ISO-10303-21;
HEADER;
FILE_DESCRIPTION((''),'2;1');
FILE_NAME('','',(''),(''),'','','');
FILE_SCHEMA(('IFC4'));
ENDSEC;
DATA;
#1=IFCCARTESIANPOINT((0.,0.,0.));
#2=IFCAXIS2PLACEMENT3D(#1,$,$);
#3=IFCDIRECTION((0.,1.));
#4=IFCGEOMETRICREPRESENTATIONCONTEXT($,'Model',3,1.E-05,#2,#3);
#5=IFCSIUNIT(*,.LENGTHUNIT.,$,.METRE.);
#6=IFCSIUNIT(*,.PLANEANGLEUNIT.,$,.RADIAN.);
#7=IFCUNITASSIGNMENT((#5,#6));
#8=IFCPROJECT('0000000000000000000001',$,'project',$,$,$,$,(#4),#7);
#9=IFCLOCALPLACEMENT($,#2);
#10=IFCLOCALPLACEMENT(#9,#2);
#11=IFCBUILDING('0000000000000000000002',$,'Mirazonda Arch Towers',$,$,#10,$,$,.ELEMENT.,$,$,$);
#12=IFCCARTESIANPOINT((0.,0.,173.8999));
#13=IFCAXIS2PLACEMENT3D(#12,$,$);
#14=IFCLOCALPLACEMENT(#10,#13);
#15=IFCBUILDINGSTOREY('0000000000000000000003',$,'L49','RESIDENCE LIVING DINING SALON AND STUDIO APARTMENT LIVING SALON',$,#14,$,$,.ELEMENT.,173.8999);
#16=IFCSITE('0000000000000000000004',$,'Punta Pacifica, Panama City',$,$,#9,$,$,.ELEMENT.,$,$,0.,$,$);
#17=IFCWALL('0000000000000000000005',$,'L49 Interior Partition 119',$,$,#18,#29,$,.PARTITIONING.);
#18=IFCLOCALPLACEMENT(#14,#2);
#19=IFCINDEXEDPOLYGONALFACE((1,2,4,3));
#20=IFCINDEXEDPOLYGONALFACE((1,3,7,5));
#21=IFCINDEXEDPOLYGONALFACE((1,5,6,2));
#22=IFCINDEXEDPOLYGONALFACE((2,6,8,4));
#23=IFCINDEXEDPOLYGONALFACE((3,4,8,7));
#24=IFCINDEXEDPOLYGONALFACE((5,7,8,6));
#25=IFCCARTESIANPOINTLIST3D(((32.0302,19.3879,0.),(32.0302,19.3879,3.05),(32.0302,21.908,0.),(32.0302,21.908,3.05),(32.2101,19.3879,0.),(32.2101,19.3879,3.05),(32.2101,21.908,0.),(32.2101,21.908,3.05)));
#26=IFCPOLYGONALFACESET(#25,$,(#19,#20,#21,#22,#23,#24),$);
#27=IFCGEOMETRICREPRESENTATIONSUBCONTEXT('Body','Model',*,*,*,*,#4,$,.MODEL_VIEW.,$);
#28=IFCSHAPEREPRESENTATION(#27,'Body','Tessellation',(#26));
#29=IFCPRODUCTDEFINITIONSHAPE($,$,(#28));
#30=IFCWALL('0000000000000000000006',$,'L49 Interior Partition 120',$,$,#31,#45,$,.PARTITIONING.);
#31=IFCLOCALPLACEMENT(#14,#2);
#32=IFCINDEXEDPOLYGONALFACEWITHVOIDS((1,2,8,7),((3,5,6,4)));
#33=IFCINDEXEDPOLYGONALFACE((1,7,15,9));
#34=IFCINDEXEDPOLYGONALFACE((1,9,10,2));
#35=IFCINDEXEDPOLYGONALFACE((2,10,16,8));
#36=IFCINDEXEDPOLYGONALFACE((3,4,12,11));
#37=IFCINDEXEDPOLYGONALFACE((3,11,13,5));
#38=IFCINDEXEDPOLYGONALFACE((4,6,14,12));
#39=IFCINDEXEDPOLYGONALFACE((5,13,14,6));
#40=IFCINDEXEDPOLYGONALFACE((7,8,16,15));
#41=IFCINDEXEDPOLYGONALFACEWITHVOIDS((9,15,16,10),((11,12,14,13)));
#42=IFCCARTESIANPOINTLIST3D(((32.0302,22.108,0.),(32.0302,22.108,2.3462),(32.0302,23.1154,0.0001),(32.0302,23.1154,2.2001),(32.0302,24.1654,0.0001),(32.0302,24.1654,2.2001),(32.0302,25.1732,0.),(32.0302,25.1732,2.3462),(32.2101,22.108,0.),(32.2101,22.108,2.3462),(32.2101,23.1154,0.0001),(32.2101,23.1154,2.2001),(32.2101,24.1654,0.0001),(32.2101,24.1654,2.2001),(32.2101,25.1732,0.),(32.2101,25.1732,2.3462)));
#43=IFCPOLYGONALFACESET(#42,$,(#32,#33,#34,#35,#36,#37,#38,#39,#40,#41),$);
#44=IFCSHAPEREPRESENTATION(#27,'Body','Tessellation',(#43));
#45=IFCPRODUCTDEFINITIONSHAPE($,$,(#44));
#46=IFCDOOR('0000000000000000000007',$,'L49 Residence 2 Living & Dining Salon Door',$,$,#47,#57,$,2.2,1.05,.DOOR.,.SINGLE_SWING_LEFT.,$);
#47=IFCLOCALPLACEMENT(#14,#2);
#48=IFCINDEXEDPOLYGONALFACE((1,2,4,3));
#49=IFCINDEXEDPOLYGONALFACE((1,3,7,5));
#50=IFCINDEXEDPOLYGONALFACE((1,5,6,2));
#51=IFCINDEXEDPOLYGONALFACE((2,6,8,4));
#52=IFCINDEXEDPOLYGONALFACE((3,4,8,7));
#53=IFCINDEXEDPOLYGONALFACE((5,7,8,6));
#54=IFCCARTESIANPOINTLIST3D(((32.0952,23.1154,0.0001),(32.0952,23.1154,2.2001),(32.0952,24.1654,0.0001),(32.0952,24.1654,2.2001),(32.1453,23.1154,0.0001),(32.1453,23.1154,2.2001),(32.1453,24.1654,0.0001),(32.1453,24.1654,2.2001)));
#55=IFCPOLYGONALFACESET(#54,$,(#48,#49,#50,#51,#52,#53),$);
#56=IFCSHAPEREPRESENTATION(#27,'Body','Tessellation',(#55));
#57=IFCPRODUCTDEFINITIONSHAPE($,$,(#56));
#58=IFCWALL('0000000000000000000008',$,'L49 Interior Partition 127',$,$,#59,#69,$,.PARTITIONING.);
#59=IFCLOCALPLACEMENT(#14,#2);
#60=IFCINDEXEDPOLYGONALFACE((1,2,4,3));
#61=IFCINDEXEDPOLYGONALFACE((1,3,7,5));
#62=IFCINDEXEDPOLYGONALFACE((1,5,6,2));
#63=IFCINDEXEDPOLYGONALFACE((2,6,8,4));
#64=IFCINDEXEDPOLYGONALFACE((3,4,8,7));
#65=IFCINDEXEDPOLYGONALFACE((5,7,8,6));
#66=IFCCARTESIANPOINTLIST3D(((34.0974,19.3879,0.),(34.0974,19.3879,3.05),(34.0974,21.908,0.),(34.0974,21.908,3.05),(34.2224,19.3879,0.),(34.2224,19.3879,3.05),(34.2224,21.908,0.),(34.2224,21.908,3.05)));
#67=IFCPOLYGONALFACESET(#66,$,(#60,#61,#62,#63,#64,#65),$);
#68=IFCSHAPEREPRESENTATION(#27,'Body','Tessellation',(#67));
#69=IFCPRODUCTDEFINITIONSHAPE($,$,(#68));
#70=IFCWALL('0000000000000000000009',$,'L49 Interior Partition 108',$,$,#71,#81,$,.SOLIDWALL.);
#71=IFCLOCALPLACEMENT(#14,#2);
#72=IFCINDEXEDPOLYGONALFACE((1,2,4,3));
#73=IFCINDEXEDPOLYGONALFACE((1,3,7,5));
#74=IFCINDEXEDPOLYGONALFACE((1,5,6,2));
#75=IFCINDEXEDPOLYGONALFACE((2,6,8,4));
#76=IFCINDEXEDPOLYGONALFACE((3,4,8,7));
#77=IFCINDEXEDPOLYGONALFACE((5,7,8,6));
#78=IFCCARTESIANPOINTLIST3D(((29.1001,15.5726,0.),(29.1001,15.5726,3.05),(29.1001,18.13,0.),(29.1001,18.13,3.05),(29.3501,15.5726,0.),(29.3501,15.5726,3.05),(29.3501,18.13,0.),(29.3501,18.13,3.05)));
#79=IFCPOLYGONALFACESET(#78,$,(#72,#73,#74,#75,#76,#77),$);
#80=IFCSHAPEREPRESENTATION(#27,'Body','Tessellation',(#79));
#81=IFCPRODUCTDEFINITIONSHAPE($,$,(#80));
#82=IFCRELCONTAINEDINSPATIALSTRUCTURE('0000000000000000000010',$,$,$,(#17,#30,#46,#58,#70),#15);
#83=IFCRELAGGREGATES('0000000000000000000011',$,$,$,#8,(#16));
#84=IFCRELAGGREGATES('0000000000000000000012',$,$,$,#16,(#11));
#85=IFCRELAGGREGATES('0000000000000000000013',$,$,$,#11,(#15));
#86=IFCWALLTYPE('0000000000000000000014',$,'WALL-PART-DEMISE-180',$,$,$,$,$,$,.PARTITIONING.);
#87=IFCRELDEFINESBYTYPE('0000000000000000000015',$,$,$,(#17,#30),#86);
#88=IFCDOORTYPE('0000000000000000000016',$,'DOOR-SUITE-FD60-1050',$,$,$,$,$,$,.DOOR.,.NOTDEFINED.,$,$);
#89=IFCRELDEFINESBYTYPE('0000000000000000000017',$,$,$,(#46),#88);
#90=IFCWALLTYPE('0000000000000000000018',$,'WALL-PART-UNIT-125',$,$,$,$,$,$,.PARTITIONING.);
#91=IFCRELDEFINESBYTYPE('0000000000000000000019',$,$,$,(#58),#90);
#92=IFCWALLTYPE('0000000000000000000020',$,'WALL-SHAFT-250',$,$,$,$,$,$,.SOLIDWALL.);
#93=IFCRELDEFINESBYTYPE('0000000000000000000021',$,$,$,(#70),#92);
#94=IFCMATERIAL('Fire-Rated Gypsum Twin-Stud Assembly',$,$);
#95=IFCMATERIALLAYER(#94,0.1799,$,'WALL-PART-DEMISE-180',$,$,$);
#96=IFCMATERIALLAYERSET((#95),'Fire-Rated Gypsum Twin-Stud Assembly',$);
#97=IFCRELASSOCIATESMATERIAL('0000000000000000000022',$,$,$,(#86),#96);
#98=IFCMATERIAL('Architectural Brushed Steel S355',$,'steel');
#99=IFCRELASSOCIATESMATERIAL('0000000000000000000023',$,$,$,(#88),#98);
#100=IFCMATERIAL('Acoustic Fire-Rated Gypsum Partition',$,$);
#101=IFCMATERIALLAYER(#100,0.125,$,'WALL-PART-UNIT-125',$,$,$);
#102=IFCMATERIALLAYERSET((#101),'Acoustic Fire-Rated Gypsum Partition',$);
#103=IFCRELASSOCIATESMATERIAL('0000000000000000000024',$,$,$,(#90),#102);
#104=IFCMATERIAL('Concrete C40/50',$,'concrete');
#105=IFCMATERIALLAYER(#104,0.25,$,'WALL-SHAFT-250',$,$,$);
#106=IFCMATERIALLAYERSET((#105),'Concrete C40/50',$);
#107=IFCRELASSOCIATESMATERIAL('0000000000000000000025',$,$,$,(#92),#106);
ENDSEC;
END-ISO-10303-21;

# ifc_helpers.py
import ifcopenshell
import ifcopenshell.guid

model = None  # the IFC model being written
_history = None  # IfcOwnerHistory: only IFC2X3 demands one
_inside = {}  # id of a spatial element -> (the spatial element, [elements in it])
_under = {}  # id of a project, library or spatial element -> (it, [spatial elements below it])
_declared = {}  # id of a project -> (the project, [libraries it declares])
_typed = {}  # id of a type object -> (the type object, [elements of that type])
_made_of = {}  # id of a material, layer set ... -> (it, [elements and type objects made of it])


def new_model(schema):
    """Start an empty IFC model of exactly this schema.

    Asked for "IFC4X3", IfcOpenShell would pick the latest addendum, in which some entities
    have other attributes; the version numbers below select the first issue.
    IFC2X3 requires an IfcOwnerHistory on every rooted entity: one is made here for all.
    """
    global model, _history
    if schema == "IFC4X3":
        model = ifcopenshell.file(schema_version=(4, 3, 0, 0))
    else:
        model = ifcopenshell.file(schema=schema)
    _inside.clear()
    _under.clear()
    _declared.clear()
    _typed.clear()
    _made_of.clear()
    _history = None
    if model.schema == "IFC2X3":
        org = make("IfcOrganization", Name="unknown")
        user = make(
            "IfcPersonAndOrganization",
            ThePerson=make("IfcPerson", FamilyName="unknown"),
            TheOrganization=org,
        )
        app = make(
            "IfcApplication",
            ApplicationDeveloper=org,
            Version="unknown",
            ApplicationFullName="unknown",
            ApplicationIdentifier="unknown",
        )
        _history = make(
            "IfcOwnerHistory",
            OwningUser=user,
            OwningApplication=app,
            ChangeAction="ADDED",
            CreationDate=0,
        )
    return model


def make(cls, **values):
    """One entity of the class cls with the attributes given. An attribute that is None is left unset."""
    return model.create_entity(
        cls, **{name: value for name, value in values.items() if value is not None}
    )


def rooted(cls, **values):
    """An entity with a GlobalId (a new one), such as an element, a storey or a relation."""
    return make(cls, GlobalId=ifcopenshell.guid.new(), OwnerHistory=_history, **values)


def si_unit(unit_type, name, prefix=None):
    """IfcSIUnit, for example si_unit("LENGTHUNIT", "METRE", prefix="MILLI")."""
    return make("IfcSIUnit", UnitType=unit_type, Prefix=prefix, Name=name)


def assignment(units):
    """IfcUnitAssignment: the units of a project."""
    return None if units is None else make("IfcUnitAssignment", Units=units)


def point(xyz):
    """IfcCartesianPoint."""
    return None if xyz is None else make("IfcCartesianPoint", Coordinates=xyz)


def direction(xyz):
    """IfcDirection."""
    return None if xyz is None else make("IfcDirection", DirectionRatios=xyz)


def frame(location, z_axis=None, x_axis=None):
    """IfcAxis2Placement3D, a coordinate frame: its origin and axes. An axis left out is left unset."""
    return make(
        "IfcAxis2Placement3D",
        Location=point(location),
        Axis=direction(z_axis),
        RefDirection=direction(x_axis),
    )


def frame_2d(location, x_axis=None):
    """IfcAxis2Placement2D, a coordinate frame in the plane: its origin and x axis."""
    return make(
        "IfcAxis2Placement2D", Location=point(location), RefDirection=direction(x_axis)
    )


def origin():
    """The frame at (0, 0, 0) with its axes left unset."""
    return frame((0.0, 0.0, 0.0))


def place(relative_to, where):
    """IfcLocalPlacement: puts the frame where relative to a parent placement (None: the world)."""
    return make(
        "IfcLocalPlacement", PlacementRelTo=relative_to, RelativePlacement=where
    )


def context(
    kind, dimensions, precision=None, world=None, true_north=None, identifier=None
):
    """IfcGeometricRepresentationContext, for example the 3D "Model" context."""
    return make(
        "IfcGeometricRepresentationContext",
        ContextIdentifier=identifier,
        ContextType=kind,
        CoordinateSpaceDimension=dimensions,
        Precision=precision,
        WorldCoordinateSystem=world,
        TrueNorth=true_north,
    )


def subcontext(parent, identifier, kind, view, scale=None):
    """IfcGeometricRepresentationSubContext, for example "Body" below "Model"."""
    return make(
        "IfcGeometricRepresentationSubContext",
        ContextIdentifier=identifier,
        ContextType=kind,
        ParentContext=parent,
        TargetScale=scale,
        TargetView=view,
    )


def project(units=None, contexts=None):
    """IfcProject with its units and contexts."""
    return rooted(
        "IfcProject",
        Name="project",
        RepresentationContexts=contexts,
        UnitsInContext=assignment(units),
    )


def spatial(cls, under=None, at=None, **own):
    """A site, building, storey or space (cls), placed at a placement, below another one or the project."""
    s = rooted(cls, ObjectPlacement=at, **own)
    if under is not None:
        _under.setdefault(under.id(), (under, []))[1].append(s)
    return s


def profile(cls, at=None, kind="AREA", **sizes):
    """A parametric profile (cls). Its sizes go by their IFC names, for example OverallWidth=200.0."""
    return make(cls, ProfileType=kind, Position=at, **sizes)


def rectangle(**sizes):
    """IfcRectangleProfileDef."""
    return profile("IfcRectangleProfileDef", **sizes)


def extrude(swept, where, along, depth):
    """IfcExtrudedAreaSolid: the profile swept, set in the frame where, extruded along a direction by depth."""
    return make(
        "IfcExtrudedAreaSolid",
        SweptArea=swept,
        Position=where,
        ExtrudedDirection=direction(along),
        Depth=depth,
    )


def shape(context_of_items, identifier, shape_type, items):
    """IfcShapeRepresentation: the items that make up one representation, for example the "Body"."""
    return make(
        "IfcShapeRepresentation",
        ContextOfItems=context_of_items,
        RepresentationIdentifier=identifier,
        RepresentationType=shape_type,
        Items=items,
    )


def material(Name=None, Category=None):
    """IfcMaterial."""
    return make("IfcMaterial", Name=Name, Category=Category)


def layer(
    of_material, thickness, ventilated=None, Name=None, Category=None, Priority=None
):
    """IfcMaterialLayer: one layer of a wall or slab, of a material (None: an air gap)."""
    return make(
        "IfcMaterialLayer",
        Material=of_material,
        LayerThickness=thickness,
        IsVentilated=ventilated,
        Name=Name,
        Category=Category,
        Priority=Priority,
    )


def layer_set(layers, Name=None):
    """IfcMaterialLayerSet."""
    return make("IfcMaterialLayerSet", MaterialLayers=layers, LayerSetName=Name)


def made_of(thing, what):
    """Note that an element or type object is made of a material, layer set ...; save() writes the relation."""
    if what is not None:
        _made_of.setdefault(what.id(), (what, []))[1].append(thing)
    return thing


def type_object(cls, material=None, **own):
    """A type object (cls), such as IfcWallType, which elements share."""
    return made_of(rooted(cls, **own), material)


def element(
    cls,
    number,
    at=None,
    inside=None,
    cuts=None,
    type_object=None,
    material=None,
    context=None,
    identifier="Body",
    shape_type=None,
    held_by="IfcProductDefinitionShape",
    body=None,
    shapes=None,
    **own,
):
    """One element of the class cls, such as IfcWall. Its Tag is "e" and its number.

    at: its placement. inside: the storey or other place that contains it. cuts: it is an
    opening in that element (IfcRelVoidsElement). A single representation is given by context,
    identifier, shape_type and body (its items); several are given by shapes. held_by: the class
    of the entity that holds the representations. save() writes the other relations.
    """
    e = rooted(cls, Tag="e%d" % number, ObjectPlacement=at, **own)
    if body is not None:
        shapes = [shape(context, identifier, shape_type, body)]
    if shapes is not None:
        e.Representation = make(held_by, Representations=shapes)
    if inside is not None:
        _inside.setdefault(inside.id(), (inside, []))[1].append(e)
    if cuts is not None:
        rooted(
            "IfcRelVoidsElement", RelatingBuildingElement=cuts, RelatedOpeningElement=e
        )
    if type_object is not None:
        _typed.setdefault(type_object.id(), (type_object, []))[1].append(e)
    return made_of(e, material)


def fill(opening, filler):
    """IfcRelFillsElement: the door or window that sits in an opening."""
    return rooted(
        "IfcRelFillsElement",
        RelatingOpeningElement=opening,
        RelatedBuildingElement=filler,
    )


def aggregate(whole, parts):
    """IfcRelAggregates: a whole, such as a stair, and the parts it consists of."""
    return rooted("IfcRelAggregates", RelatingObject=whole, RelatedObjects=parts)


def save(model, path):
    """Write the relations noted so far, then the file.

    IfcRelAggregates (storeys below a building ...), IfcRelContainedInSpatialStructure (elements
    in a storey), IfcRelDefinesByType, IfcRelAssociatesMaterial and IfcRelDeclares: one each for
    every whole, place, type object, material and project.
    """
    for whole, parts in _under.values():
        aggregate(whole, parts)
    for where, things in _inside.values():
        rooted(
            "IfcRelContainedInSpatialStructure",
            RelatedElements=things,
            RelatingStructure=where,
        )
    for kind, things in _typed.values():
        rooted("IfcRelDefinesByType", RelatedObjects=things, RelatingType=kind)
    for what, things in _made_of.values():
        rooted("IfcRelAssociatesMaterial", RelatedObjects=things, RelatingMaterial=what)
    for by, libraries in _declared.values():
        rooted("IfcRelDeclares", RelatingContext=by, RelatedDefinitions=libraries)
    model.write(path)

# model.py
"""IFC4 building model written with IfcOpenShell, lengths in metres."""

from ifc_helpers import new_model, si_unit, direction, frame, frame_2d, origin, place, context, subcontext, project, spatial, rectangle, extrude, material, layer, layer_set, type_object, element, fill, save


model = new_model("IFC4")

# Units and contexts
model_context = context("Model", 3, precision=1e-05, world=origin(), true_north=direction((0.0, 1.0)))
body_context = subcontext(model_context, "Body", "Model", "MODEL_VIEW")
ifc_project = project(units=[si_unit("LENGTHUNIT", "METRE"), si_unit("PLANEANGLEUNIT", "RADIAN")], contexts=[model_context])

# Site, building, storey
site_placement = place(None, origin())
site = spatial("IfcSite", under=ifc_project, at=site_placement, Name="Punta Pacifica, Panama City", CompositionType="ELEMENT", RefElevation=0.0)
building_placement = place(site_placement, origin())
building = spatial("IfcBuilding", under=site, at=building_placement, Name="Mirazonda Arch Towers", CompositionType="ELEMENT")
storey_placement = place(building_placement, frame((0.0, 0.0, 173.8999)))
storey = spatial("IfcBuildingStorey", under=building, at=storey_placement, Name="L49", Description="RESIDENCE LIVING DINING SALON AND STUDIO APARTMENT LIVING SALON", CompositionType="ELEMENT", Elevation=173.8999)

# Shared definitions
ifc_material_1 = material(Name="Fire-Rated Gypsum Twin-Stud Assembly")
ifc_layer_1 = layer(ifc_material_1, 0.1799, Name="WALL-PART-DEMISE-180")
ifc_layer_set_1 = layer_set([ifc_layer_1], Name="Fire-Rated Gypsum Twin-Stud Assembly")
wall_type_1 = type_object("IfcWallType", Name="WALL-PART-DEMISE-180", PredefinedType="PARTITIONING", material=ifc_layer_set_1)
ifc_material_2 = material(Name="Architectural Brushed Steel S355", Category="steel")

# Wall
wall_1_placement = place(storey_placement, frame((32.1201, 19.3879, 0.0), z_axis=(0.0, 0.0, 1.0), x_axis=(0.0, 1.0, 0.0)))
element("IfcWall", 1, at=wall_1_placement, inside=storey, type_object=wall_type_1, Name="L49 Interior Partition 119", PredefinedType="PARTITIONING", context=body_context, shape_type="SweptSolid", body=[
    extrude(rectangle(XDim=2.52, YDim=0.1799, at=frame_2d((1.26, 0.0))), origin(), (0.0, 0.0, 1.0), 3.05),
])

# Wall, opening, door
wall_2_placement = place(storey_placement, frame((32.1201, 22.1079, 0.0), z_axis=(0.0, 0.0, 1.0), x_axis=(0.0, 1.0, 0.0)))
wall_2 = element("IfcWall", 2, at=wall_2_placement, inside=storey, type_object=wall_type_1, Name="L49 Interior Partition 120", PredefinedType="PARTITIONING", context=body_context, shape_type="SweptSolid", body=[
    extrude(rectangle(XDim=3.0652, YDim=0.1799, at=frame_2d((1.5327, 0.0))), origin(), (0.0, 0.0, 1.0), 2.3462),
])
opening_1_placement = place(wall_2_placement, frame((1.0076, 0.0, 0.0)))
opening_1 = element("IfcOpeningElement", 3, at=opening_1_placement, cuts=wall_2, PredefinedType="OPENING", context=body_context, shape_type="SweptSolid", body=[
    extrude(rectangle(XDim=1.05, YDim=2.2, at=frame_2d((0.5249, 1.1001))), frame((0.0, 0.0999, 0.0), z_axis=(0.0, -1.0, 0.0), x_axis=(1.0, 0.0, 0.0)), (0.0, 0.0, 1.0), 0.2),
])
door_type_1 = type_object("IfcDoorType", Name="DOOR-SUITE-FD60-1050", OperationType="NOTDEFINED", PredefinedType="DOOR", material=ifc_material_2)
door_1_placement = place(opening_1_placement, origin())
door_1 = element("IfcDoor", 4, at=door_1_placement, inside=storey, type_object=door_type_1, Name="L49 Residence 2 Living & Dining Salon Door", OperationType="SINGLE_SWING_LEFT", OverallHeight=2.2, OverallWidth=1.05, PredefinedType="DOOR", context=body_context, shape_type="SweptSolid", body=[
    extrude(rectangle(XDim=1.05, YDim=2.2, at=frame_2d((0.5249, 1.1001))), frame((0.0, 0.0249, 0.0), z_axis=(0.0, -1.0, 0.0), x_axis=(1.0, 0.0, 0.0)), (0.0, 0.0, 1.0), 0.05),
])
fill(opening_1, door_1)

# Walls
ifc_material_3 = material(Name="Acoustic Fire-Rated Gypsum Partition")
ifc_layer_2 = layer(ifc_material_3, 0.125, Name="WALL-PART-UNIT-125")
ifc_layer_set_2 = layer_set([ifc_layer_2], Name="Acoustic Fire-Rated Gypsum Partition")
wall_type_2 = type_object("IfcWallType", Name="WALL-PART-UNIT-125", PredefinedType="PARTITIONING", material=ifc_layer_set_2)
wall_3_placement = place(storey_placement, frame((34.1599, 19.3879, 0.0), z_axis=(0.0, 0.0, 1.0), x_axis=(0.0, 1.0, 0.0)))
element("IfcWall", 5, at=wall_3_placement, inside=storey, type_object=wall_type_2, Name="L49 Interior Partition 127", PredefinedType="PARTITIONING", context=body_context, shape_type="SweptSolid", body=[
    extrude(rectangle(XDim=2.52, YDim=0.125, at=frame_2d((1.26, 0.0))), origin(), (0.0, 0.0, 1.0), 3.05),
])
ifc_material_4 = material(Name="Concrete C40/50", Category="concrete")
ifc_layer_3 = layer(ifc_material_4, 0.25, Name="WALL-SHAFT-250")
ifc_layer_set_3 = layer_set([ifc_layer_3], Name="Concrete C40/50")
wall_type_3 = type_object("IfcWallType", Name="WALL-SHAFT-250", PredefinedType="SOLIDWALL", material=ifc_layer_set_3)
wall_4_placement = place(storey_placement, frame((29.2251, 15.5725, 0.0), z_axis=(0.0, 0.0, 1.0), x_axis=(0.0, 1.0, 0.0)))
element("IfcWall", 6, at=wall_4_placement, inside=storey, type_object=wall_type_3, Name="L49 Interior Partition 108", PredefinedType="SOLIDWALL", context=body_context, shape_type="SweptSolid", body=[
    extrude(rectangle(XDim=2.5574, YDim=0.25, at=frame_2d((1.2788, 0.0))), origin(), (0.0, 0.0, 1.0), 3.05),
])

save(model, "model.ifc")
